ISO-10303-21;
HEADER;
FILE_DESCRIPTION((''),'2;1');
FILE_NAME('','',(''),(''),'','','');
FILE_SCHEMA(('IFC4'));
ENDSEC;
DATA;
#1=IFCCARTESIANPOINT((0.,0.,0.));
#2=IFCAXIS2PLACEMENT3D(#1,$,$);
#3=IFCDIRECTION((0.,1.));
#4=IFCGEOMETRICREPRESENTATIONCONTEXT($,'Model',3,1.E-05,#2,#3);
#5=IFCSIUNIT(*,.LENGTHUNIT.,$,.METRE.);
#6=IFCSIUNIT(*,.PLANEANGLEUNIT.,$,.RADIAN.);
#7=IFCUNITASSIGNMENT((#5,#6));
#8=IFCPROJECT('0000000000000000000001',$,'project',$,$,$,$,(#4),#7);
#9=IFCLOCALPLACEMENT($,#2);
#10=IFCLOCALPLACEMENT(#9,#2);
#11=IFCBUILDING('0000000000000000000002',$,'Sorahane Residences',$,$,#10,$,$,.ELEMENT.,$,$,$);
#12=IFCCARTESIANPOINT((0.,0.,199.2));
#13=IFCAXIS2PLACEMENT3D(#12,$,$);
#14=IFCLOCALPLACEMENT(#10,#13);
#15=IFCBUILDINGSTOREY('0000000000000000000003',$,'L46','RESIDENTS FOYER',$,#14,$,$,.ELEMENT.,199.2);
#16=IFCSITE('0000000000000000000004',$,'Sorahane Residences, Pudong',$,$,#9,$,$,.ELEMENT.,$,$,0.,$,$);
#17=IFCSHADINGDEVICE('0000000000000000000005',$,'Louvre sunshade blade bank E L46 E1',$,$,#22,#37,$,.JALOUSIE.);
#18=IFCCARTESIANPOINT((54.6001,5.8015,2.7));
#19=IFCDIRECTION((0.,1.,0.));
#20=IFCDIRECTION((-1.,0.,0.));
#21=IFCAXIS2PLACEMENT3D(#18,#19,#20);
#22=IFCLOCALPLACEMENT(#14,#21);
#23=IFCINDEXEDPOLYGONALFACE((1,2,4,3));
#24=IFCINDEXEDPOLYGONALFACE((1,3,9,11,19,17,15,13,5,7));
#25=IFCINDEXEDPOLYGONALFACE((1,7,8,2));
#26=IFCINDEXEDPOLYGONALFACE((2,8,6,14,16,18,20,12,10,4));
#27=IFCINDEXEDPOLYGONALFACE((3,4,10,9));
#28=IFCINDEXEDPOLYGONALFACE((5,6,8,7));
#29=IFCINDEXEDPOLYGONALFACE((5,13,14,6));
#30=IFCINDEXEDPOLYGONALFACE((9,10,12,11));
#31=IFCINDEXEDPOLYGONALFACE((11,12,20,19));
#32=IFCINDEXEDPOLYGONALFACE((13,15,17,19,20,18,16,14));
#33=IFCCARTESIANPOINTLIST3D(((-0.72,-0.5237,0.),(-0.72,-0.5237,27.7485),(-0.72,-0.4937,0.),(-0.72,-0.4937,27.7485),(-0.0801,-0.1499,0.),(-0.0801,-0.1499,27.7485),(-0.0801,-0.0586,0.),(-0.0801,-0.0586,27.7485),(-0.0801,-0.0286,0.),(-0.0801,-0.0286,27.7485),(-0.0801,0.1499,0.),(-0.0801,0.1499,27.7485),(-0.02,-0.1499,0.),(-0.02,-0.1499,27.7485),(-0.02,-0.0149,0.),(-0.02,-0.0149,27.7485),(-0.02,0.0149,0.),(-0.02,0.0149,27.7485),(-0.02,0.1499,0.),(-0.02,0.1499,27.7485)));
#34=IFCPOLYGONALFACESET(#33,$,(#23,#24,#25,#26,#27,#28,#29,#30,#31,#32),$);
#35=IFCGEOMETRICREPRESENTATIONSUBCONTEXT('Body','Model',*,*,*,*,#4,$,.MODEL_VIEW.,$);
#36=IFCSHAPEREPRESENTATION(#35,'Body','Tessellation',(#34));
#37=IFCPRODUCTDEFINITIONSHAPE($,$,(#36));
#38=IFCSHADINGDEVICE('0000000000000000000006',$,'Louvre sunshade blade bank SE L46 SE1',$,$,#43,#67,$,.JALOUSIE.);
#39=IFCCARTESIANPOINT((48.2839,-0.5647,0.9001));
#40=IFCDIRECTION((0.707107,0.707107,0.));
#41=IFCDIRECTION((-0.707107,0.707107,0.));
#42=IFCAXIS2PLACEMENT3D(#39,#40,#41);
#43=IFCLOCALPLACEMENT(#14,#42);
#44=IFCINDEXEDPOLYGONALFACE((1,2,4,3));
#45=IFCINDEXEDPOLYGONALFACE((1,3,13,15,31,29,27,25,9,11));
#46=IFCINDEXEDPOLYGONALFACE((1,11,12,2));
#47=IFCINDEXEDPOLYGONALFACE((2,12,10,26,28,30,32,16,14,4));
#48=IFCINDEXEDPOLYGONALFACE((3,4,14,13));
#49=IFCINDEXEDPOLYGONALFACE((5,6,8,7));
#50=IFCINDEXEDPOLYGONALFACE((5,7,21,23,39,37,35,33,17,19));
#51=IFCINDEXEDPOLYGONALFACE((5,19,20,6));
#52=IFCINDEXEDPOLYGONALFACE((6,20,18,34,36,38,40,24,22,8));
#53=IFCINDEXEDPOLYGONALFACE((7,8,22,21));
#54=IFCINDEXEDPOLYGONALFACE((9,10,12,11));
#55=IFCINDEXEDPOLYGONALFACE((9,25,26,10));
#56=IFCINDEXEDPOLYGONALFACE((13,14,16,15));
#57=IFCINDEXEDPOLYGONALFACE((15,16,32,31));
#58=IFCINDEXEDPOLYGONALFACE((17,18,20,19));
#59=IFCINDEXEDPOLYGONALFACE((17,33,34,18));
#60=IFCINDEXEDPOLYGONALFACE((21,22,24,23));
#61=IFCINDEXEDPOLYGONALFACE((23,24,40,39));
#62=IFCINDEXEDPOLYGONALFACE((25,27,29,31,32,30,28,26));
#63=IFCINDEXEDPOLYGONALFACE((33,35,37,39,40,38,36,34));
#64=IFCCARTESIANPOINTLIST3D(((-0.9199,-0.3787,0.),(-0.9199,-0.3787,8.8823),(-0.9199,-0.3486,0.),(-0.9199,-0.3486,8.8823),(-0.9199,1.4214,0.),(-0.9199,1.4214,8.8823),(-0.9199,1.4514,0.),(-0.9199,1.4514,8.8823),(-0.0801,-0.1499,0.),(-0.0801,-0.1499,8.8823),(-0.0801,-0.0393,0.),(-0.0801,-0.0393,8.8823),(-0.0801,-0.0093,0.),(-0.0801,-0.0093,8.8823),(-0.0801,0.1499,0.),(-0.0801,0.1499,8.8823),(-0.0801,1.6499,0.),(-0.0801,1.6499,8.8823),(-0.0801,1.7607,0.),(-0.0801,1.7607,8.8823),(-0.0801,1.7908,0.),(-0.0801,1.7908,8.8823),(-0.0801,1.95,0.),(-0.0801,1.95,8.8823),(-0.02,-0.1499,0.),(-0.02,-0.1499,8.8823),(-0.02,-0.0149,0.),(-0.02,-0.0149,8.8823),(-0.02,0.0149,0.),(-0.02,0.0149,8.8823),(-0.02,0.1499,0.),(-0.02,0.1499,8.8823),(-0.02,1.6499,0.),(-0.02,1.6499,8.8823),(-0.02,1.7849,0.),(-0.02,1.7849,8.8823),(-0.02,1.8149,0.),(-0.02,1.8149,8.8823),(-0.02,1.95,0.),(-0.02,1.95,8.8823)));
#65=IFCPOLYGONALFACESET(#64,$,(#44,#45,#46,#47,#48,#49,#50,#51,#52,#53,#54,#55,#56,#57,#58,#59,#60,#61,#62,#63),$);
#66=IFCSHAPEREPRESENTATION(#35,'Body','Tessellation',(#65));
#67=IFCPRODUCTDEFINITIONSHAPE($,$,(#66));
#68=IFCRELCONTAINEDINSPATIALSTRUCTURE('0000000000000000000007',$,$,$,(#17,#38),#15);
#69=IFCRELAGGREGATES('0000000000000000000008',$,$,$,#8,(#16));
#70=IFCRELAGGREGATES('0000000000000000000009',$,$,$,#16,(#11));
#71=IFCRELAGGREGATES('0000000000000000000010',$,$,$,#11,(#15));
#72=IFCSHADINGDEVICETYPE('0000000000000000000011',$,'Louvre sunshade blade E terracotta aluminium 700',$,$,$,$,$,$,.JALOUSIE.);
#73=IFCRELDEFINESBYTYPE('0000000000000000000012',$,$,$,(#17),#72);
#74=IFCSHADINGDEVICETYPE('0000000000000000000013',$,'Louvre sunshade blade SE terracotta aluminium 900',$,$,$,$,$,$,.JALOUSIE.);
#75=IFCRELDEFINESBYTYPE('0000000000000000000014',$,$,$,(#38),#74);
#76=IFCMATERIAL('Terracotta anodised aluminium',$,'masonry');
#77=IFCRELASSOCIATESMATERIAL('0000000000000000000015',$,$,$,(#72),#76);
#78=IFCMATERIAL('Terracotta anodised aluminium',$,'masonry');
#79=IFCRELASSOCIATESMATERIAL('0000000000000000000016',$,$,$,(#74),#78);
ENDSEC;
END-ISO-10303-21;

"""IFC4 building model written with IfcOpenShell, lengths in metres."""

from ifc_helpers import new_model, si_unit, direction, frame, origin, place, context, subcontext, project, spatial, polyline, outline, composite_profile, extrude, material, type_object, element, save


model = new_model("IFC4")

# Units and contexts
model_context = context("Model", 3, precision=1e-05, world=origin(), true_north=direction((0.0, 1.0)))
body_context = subcontext(model_context, "Body", "Model", "MODEL_VIEW")
ifc_project = project(units=[si_unit("LENGTHUNIT", "METRE"), si_unit("PLANEANGLEUNIT", "RADIAN")], contexts=[model_context])

# Site, building, storey
site_placement = place(None, origin())
site = spatial("IfcSite", under=ifc_project, at=site_placement, Name="Sorahane Residences, Pudong", CompositionType="ELEMENT", RefElevation=0.0)
building_placement = place(site_placement, origin())
building = spatial("IfcBuilding", under=site, at=building_placement, Name="Sorahane Residences", CompositionType="ELEMENT")
storey_placement = place(building_placement, frame((0.0, 0.0, 199.2)))
storey = spatial("IfcBuildingStorey", under=building, at=storey_placement, Name="L46", Description="RESIDENTS FOYER", CompositionType="ELEMENT", Elevation=199.2)

# Shading devices
ifc_material_1 = material(Name="Terracotta anodised aluminium", Category="masonry")
shading_device_type_1 = type_object("IfcShadingDeviceType", Name="Louvre sunshade blade E terracotta aluminium 700", PredefinedType="JALOUSIE", material=ifc_material_1)
shading_device_1_placement = place(storey_placement, frame((54.6001, 5.8015, 2.7), z_axis=(0.0, 1.0, 0.0), x_axis=(-1.0, 0.0, 0.0)))
element("IfcShadingDevice", 1, at=shading_device_1_placement, inside=storey, type_object=shading_device_type_1, Name="Louvre sunshade blade bank E L46 E1", PredefinedType="JALOUSIE", context=body_context, shape_type="SweptSolid", body=[
    extrude(outline(polyline([(-0.72, -0.4937), (-0.72, -0.5237), (-0.0801, -0.0586), (-0.0801, -0.1499), (-0.02, -0.1499), (-0.02, -0.0149), (-0.02, 0.0149), (-0.02, 0.1499), (-0.0801, 0.1499), (-0.0801, -0.0286), (-0.72, -0.4937)])), origin(), (0.0, 0.0, 1.0), 27.7485),
])
ifc_material_2 = material(Name="Terracotta anodised aluminium", Category="masonry")
shading_device_type_2 = type_object("IfcShadingDeviceType", Name="Louvre sunshade blade SE terracotta aluminium 900", PredefinedType="JALOUSIE", material=ifc_material_2)
shading_device_2_placement = place(storey_placement, frame((48.2839, -0.5647, 0.9001), z_axis=(0.707107, 0.707107, 0.0), x_axis=(-0.707107, 0.707107, 0.0)))
element("IfcShadingDevice", 2, at=shading_device_2_placement, inside=storey, type_object=shading_device_type_2, Name="Louvre sunshade blade bank SE L46 SE1", PredefinedType="JALOUSIE", context=body_context, shape_type="SweptSolid", body=[
    extrude(composite_profile([outline(polyline([(-0.9199, -0.3486), (-0.9199, -0.3787), (-0.0801, -0.0393), (-0.0801, -0.1499), (-0.02, -0.1499), (-0.02, -0.0149), (-0.02, 0.0149), (-0.02, 0.1499), (-0.0801, 0.1499), (-0.0801, -0.0093), (-0.9199, -0.3486)])), outline(polyline([(-0.9199, 1.4514), (-0.9199, 1.4214), (-0.0801, 1.7607), (-0.0801, 1.6499), (-0.02, 1.6499), (-0.02, 1.7849), (-0.02, 1.8149), (-0.02, 1.95), (-0.0801, 1.95), (-0.0801, 1.7908), (-0.9199, 1.4514)]))]), origin(), (0.0, 0.0, 1.0), 8.8823),
])

save(model, "model.ifc")
